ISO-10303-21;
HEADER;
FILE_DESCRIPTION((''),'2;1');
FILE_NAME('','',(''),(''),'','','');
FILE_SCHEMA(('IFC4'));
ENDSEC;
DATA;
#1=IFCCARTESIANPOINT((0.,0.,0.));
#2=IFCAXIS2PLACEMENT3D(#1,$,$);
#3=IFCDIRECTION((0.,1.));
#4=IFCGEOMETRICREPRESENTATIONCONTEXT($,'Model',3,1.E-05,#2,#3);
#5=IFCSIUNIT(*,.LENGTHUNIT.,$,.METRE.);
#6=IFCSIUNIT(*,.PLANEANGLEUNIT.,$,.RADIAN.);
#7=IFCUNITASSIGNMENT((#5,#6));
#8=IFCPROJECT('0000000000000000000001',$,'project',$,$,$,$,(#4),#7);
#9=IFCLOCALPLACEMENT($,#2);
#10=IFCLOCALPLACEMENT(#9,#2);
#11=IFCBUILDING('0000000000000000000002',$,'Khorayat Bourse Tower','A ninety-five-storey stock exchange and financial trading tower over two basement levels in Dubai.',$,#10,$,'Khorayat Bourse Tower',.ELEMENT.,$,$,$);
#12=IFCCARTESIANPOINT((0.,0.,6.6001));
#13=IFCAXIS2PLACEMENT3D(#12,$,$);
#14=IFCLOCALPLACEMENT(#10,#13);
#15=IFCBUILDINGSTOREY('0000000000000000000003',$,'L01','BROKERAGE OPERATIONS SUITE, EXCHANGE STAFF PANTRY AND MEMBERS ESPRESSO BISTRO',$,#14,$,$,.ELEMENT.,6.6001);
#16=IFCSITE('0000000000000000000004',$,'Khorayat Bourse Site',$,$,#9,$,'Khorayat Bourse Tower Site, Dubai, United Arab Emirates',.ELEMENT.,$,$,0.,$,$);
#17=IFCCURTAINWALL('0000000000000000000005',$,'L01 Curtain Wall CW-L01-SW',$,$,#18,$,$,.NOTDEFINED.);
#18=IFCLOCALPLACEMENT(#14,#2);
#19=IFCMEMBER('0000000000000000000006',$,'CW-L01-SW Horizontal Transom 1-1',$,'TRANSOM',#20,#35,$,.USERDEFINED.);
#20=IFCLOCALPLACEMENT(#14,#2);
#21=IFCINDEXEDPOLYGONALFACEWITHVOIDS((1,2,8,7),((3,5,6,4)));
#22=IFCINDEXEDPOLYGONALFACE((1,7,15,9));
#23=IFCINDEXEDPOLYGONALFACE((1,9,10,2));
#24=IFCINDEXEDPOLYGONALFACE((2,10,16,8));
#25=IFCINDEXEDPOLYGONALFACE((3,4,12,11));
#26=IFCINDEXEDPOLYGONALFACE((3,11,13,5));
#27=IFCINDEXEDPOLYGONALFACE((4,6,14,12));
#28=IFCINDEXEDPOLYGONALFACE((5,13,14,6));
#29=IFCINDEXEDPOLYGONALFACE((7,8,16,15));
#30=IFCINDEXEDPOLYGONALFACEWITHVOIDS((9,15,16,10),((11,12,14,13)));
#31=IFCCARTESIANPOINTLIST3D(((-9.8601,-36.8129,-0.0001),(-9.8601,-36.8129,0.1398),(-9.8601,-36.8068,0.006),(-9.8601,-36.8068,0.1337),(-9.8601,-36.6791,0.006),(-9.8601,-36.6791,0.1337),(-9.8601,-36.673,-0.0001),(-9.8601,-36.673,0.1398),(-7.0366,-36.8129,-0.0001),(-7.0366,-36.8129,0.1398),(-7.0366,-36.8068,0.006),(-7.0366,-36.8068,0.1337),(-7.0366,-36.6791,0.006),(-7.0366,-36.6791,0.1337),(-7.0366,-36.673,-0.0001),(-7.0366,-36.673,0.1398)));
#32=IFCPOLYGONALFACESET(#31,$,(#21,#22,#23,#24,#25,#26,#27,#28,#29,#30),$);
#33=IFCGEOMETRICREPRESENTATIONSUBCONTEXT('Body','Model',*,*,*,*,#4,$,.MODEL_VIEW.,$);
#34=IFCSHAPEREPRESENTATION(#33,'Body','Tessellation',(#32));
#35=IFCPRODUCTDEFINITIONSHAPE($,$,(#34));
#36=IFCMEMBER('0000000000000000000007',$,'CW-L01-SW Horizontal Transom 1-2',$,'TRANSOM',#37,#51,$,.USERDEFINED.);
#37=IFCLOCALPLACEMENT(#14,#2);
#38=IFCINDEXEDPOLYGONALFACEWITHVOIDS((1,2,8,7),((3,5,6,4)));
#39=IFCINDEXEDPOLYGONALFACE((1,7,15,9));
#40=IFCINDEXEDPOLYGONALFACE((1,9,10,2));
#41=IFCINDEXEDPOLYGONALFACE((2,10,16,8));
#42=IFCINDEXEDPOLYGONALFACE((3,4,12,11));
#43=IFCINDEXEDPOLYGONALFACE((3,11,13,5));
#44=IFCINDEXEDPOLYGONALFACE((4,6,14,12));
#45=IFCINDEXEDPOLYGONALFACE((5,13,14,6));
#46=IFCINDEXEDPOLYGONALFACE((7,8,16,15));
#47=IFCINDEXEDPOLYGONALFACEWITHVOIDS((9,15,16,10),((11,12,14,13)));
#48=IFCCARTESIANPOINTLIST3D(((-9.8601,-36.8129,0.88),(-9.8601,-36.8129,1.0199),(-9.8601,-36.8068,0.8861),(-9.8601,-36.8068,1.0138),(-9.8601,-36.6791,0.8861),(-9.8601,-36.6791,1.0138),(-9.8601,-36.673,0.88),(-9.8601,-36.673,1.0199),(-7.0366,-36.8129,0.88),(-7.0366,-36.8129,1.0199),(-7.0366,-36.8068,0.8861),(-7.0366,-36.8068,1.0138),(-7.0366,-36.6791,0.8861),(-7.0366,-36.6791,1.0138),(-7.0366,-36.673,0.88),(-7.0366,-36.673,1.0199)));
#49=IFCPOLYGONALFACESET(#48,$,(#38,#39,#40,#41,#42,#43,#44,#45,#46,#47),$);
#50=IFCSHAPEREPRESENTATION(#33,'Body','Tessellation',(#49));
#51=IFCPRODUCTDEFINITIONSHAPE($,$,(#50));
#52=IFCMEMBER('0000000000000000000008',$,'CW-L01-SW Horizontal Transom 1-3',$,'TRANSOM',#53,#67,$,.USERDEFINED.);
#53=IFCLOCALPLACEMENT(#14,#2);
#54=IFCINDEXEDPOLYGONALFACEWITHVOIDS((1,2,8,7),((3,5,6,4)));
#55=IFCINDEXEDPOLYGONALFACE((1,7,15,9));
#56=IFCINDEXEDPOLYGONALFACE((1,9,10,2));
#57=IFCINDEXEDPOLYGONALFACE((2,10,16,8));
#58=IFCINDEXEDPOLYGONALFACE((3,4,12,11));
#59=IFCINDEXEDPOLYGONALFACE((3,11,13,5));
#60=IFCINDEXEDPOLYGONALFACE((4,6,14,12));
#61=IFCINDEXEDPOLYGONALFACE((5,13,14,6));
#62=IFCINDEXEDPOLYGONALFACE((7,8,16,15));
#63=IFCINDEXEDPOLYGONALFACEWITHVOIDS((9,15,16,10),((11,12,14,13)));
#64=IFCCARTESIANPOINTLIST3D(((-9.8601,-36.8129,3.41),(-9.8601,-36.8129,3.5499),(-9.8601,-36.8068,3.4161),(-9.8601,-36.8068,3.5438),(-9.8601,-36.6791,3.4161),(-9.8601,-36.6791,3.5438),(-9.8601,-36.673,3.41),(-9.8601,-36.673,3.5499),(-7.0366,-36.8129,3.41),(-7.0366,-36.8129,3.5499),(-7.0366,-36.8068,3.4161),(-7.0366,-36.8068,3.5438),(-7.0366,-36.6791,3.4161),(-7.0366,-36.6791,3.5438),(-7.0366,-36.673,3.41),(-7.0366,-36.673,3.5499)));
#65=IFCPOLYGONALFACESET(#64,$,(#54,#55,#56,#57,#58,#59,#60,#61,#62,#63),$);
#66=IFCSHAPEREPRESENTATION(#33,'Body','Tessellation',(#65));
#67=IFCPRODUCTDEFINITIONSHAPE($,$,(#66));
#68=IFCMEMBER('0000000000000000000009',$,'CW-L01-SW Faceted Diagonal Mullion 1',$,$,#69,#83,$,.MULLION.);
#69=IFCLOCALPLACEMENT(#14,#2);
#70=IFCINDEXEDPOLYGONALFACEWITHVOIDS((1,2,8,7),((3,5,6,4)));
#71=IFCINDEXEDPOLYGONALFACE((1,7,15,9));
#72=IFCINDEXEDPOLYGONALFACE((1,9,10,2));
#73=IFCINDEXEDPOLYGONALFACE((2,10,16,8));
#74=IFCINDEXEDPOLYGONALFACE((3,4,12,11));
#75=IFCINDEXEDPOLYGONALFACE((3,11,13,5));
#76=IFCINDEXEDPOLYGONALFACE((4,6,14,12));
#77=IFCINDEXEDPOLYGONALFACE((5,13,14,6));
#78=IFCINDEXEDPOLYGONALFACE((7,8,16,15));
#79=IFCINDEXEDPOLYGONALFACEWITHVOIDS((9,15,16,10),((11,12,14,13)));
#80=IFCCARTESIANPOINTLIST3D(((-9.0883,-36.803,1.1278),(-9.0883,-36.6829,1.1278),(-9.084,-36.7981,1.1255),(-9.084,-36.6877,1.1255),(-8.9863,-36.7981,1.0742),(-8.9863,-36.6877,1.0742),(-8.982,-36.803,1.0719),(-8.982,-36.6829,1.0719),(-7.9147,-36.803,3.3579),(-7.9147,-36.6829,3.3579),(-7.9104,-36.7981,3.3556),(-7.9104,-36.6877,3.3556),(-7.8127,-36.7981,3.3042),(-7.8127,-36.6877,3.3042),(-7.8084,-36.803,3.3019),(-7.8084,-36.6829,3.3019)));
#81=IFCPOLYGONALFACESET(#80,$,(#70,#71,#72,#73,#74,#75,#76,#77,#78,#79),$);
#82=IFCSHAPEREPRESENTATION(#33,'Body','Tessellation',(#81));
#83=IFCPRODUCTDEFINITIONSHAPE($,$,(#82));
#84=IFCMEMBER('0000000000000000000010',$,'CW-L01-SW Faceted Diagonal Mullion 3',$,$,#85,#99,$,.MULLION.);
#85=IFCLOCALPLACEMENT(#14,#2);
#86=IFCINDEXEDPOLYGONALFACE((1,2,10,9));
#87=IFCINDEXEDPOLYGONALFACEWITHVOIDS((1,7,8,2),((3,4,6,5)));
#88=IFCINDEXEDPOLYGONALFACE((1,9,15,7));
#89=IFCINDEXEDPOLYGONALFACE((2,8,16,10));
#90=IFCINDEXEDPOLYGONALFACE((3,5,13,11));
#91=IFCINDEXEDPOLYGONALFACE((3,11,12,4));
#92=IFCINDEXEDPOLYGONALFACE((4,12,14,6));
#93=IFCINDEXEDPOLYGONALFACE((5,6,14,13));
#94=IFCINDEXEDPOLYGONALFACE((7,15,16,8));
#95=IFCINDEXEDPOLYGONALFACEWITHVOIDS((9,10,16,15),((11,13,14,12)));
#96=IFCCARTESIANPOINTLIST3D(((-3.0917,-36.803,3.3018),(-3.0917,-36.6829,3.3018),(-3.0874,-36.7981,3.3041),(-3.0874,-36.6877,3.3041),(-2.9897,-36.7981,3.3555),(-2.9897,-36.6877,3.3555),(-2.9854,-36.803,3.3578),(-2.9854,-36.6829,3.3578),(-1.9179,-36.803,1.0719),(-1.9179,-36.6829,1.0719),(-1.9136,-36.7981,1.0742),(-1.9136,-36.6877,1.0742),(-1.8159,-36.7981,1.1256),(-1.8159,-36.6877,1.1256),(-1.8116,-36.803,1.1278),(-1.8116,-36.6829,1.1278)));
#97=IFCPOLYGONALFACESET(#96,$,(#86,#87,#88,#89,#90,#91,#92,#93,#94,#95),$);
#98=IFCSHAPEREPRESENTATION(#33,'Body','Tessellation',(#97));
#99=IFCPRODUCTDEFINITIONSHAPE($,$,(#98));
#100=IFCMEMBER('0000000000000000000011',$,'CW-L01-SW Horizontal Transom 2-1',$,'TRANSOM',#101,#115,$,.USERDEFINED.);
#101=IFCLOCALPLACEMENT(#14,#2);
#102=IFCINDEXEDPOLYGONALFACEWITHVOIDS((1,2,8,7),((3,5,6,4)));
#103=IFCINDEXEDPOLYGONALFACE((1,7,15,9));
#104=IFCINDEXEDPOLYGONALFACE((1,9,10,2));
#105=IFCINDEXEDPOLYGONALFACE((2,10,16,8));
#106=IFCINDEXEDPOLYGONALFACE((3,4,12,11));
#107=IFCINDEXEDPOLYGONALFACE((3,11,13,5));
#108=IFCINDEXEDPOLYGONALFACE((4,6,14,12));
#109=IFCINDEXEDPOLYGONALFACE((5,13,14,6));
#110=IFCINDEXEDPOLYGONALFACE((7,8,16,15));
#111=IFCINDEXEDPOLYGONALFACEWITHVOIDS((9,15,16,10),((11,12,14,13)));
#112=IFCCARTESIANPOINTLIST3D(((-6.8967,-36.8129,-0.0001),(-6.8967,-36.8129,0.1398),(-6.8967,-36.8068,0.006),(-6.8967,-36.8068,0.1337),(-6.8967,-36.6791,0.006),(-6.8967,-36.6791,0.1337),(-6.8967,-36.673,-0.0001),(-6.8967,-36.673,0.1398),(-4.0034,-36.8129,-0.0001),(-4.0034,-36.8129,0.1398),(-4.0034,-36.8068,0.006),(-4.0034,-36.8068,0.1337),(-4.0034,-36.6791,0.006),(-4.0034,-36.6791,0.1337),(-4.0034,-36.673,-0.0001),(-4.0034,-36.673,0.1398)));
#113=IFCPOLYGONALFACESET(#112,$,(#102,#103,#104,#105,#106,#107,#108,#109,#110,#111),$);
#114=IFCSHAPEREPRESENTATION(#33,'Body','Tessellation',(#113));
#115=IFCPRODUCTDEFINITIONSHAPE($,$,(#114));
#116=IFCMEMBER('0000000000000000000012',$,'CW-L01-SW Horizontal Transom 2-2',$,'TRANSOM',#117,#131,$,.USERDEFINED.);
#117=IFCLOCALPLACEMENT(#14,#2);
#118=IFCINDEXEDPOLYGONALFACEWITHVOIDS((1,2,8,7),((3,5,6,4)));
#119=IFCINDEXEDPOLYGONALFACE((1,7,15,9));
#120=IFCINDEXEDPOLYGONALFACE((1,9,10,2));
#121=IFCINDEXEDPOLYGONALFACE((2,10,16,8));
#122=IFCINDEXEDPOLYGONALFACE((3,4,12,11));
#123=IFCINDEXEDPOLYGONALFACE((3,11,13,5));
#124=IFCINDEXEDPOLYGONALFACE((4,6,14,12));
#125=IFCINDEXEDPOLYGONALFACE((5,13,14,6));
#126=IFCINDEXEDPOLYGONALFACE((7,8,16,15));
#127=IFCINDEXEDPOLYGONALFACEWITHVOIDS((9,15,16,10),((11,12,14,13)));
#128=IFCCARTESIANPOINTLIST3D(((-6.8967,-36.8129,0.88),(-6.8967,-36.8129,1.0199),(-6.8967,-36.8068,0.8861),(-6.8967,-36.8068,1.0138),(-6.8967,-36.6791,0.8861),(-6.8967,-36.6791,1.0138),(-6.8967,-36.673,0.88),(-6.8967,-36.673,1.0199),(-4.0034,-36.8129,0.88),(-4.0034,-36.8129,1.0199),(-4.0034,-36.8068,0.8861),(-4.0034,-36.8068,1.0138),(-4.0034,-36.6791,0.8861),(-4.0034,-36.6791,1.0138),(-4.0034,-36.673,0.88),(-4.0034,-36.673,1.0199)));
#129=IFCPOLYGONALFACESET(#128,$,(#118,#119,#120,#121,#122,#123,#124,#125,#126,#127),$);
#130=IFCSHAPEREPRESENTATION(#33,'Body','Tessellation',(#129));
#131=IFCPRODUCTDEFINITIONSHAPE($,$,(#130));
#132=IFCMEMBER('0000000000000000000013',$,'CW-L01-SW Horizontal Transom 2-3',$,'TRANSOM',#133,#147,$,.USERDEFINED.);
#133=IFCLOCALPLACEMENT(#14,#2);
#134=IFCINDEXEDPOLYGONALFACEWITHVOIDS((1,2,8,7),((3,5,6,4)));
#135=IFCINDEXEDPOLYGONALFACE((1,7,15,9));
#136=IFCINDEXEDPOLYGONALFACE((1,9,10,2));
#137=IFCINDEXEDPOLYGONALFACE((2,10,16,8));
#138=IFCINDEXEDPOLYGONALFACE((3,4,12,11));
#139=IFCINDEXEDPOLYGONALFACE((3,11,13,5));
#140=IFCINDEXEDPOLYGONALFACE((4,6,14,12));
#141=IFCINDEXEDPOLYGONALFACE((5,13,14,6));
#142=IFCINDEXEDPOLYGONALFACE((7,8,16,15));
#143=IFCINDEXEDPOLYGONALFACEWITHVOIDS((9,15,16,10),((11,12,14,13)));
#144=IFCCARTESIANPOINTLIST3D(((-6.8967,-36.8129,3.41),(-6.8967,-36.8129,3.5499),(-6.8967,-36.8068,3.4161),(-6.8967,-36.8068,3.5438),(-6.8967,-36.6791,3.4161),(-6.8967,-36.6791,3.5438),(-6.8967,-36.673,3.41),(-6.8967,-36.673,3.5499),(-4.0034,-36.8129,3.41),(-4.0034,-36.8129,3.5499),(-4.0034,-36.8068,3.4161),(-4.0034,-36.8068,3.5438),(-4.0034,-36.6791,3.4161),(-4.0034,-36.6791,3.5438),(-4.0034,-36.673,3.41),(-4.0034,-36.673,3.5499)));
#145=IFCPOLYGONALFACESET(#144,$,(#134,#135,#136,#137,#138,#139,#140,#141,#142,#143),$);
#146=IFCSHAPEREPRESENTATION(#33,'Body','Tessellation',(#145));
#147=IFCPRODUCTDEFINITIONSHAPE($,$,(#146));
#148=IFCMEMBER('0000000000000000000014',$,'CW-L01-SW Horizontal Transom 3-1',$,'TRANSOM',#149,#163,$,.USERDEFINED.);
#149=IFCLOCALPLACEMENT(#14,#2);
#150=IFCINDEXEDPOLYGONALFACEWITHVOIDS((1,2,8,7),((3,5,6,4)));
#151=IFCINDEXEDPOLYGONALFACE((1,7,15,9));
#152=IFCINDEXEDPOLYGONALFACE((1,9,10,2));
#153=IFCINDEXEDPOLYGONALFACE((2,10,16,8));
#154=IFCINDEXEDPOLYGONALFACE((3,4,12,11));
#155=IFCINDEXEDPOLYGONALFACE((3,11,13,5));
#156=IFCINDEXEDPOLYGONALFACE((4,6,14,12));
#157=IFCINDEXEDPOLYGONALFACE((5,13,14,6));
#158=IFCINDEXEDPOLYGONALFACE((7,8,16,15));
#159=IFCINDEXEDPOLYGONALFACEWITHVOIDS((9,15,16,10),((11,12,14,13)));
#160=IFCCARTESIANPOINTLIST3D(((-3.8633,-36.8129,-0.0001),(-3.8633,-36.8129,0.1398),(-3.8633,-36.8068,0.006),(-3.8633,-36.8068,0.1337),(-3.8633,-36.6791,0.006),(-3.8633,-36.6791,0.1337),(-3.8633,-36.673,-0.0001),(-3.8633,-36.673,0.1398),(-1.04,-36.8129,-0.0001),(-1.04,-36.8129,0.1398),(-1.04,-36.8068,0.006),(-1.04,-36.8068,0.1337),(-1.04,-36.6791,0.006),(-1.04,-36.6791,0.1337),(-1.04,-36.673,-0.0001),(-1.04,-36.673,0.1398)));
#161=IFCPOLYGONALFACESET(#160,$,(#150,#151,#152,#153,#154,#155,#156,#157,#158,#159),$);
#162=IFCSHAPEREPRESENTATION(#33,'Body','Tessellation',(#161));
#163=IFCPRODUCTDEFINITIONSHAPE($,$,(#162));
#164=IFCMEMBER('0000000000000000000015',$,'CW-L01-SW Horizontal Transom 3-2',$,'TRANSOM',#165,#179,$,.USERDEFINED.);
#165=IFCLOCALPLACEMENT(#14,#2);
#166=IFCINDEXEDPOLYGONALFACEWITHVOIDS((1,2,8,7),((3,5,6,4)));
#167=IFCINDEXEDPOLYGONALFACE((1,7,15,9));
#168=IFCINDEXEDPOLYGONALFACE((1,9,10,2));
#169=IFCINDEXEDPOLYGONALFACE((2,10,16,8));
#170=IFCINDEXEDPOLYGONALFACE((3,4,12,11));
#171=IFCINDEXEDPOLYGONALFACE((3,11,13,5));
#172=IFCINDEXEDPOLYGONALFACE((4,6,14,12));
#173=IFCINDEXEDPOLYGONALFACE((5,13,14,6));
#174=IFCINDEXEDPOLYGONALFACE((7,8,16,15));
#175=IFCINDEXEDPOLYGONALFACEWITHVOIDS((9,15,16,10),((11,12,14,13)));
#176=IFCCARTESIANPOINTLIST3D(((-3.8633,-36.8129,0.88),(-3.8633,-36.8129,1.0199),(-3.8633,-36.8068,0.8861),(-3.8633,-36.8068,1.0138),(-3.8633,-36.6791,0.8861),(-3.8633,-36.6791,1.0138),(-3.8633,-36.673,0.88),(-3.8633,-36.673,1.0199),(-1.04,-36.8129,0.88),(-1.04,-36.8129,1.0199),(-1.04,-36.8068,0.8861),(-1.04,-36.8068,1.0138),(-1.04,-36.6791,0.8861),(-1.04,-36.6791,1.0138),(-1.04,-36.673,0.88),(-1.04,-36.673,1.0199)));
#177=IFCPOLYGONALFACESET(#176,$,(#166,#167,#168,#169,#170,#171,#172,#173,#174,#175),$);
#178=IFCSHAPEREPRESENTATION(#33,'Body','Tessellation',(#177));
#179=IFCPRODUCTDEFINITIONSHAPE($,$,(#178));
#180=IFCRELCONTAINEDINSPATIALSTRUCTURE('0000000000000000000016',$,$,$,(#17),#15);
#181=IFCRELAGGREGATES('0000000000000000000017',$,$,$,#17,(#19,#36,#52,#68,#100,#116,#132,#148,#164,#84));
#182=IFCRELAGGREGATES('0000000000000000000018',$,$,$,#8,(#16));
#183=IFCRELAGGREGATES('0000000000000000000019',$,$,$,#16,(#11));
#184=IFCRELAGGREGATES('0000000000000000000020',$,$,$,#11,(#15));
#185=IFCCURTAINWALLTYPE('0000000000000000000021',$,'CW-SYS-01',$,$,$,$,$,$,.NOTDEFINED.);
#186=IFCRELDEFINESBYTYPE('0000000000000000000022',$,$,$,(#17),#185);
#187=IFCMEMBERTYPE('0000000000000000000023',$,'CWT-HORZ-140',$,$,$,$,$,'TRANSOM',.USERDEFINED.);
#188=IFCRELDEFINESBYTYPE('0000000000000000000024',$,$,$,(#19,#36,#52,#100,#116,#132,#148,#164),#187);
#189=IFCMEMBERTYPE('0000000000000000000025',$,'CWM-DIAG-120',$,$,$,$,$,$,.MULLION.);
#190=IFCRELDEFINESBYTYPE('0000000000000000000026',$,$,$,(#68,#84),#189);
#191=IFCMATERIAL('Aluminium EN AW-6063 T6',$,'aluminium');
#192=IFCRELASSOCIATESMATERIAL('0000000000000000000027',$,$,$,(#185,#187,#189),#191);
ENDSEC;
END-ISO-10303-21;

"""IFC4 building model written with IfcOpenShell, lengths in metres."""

from ifc_helpers import new_model, si_unit, direction, frame, origin, origin_2d, place, context, subcontext, project, spatial, hollow_rectangle, extrude, source, transform, mapped, material, material_profile, profile_set, type_object, element, aggregate, save


model = new_model("IFC4")

# Units and contexts
model_context = context("Model", 3, precision=1e-05, world=origin(), true_north=direction((0.0, 1.0)))
body_context = subcontext(model_context, "Body", "Model", "MODEL_VIEW")
ifc_project = project(units=[si_unit("LENGTHUNIT", "METRE"), si_unit("PLANEANGLEUNIT", "RADIAN")], contexts=[model_context])

# Site, building, storey
site_placement = place(None, origin())
site = spatial("IfcSite", under=ifc_project, at=site_placement, Name="Khorayat Bourse Site", LongName="Khorayat Bourse Tower Site, Dubai, United Arab Emirates", CompositionType="ELEMENT", RefElevation=0.0)
building_placement = place(site_placement, origin())
building = spatial("IfcBuilding", under=site, at=building_placement, Name="Khorayat Bourse Tower", Description="A ninety-five-storey stock exchange and financial trading tower over two basement levels in Dubai.", LongName="Khorayat Bourse Tower", CompositionType="ELEMENT")
storey_placement = place(building_placement, frame((0.0, 0.0, 6.6001)))
storey = spatial("IfcBuildingStorey", under=building, at=storey_placement, Name="L01", Description="BROKERAGE OPERATIONS SUITE, EXCHANGE STAFF PANTRY AND MEMBERS ESPRESSO BISTRO", CompositionType="ELEMENT", Elevation=6.6001)

# Curtain wall, members
ifc_material_1 = material(Name="Aluminium EN AW-6063 T6", Category="aluminium")
curtain_wall_type = type_object("IfcCurtainWallType", Name="CW-SYS-01", PredefinedType="NOTDEFINED", material=ifc_material_1)
curtain_wall_placement = place(storey_placement, origin())
curtain_wall = element("IfcCurtainWall", 1, at=curtain_wall_placement, inside=storey, type_object=curtain_wall_type, Name="L01 Curtain Wall CW-L01-SW", PredefinedType="NOTDEFINED")
ifc_material_profile_1 = material_profile(ifc_material_1, hollow_rectangle(XDim=0.1399, YDim=0.1399, WallThickness=0.0061, at=origin_2d()), Name="ALU 140x140x6")
ifc_profile_set_1 = profile_set([ifc_material_profile_1], Name="Aluminium EN AW-6063 T6")
member_type_1 = type_object("IfcMemberType", Name="CWT-HORZ-140", ElementType="TRANSOM", PredefinedType="USERDEFINED", material=ifc_profile_set_1)
shared_shape_1 = source(origin(), body_context, "Body", "SweptSolid", [
    extrude(hollow_rectangle(XDim=0.1399, YDim=0.1399, WallThickness=0.0061, at=origin_2d()), origin(), (0.0, 0.0, 1.0), 2.8235),
])
member_1_placement = place(storey_placement, frame((-9.8601, -36.7429, 0.0698), z_axis=(1.0, 0.0, 0.0), x_axis=(0.0, 1.0, 0.0)))
member_1 = element("IfcMember", 2, at=member_1_placement, type_object=member_type_1, Name="CW-L01-SW Horizontal Transom 1-1", ObjectType="TRANSOM", PredefinedType="USERDEFINED", context=body_context, shape_type="MappedRepresentation", body=[
    mapped(shared_shape_1, transform((0.0, 0.0, 0.0), scale=1.0)),
])
member_2_placement = place(storey_placement, frame((-9.8601, -36.7429, 0.95), z_axis=(1.0, 0.0, 0.0), x_axis=(0.0, 1.0, 0.0)))
member_2 = element("IfcMember", 3, at=member_2_placement, type_object=member_type_1, Name="CW-L01-SW Horizontal Transom 1-2", ObjectType="TRANSOM", PredefinedType="USERDEFINED", context=body_context, shape_type="MappedRepresentation", body=[
    mapped(shared_shape_1, transform((0.0, 0.0, 0.0), scale=1.0)),
])
member_3_placement = place(storey_placement, frame((-9.8601, -36.7429, 3.48), z_axis=(1.0, 0.0, 0.0), x_axis=(0.0, 1.0, 0.0)))
member_3 = element("IfcMember", 4, at=member_3_placement, type_object=member_type_1, Name="CW-L01-SW Horizontal Transom 1-3", ObjectType="TRANSOM", PredefinedType="USERDEFINED", context=body_context, shape_type="MappedRepresentation", body=[
    mapped(shared_shape_1, transform((0.0, 0.0, 0.0), scale=1.0)),
])
ifc_material_profile_2 = material_profile(ifc_material_1, hollow_rectangle(XDim=0.1201, YDim=0.1201, WallThickness=0.0049, at=origin_2d()), Name="ALU 120x120x5")
ifc_profile_set_2 = profile_set([ifc_material_profile_2], Name="Aluminium EN AW-6063 T6")
member_type_2 = type_object("IfcMemberType", Name="CWM-DIAG-120", PredefinedType="MULLION", material=ifc_profile_set_2)
shared_shape_2 = source(origin(), body_context, "Body", "SweptSolid", [
    extrude(hollow_rectangle(XDim=0.1201, YDim=0.1201, WallThickness=0.0049, at=origin_2d()), origin(), (0.0, 0.0, 1.0), 2.52),
])
member_4_placement = place(storey_placement, frame((-9.0352, -36.7429, 1.0999), z_axis=(0.465718, 0.0, 0.884933), x_axis=(0.0, 1.0, 0.0)))
member_4 = element("IfcMember", 5, at=member_4_placement, type_object=member_type_2, Name="CW-L01-SW Faceted Diagonal Mullion 1", PredefinedType="MULLION", context=body_context, shape_type="MappedRepresentation", body=[
    mapped(shared_shape_2, transform((0.0, 0.0, 0.0), scale=1.0)),
])
member_5_placement = place(storey_placement, frame((-1.8647, -36.7429, 1.0999), z_axis=(-0.465794, 0.0, 0.884893), x_axis=(0.0, -1.0, 0.0)))
member_5 = element("IfcMember", 6, at=member_5_placement, type_object=member_type_2, Name="CW-L01-SW Faceted Diagonal Mullion 3", PredefinedType="MULLION", context=body_context, shape_type="MappedRepresentation", body=[
    mapped(shared_shape_2, transform((0.0, 0.0, 0.0), scale=1.0)),
])
shared_shape_3 = source(origin(), body_context, "Body", "SweptSolid", [
    extrude(hollow_rectangle(XDim=0.1399, YDim=0.1399, WallThickness=0.0061, at=origin_2d()), origin(), (0.0, 0.0, 1.0), 2.8933),
])
member_6_placement = place(storey_placement, frame((-6.8967, -36.7429, 0.0698), z_axis=(1.0, 0.0, 0.0), x_axis=(0.0, 1.0, 0.0)))
member_6 = element("IfcMember", 7, at=member_6_placement, type_object=member_type_1, Name="CW-L01-SW Horizontal Transom 2-1", ObjectType="TRANSOM", PredefinedType="USERDEFINED", context=body_context, shape_type="MappedRepresentation", body=[
    mapped(shared_shape_3, transform((0.0, 0.0, 0.0), scale=1.0)),
])
member_7_placement = place(storey_placement, frame((-6.8967, -36.7429, 0.95), z_axis=(1.0, 0.0, 0.0), x_axis=(0.0, 1.0, 0.0)))
member_7 = element("IfcMember", 8, at=member_7_placement, type_object=member_type_1, Name="CW-L01-SW Horizontal Transom 2-2", ObjectType="TRANSOM", PredefinedType="USERDEFINED", context=body_context, shape_type="MappedRepresentation", body=[
    mapped(shared_shape_3, transform((0.0, 0.0, 0.0), scale=1.0)),
])
member_8_placement = place(storey_placement, frame((-6.8967, -36.7429, 3.48), z_axis=(1.0, 0.0, 0.0), x_axis=(0.0, 1.0, 0.0)))
member_8 = element("IfcMember", 9, at=member_8_placement, type_object=member_type_1, Name="CW-L01-SW Horizontal Transom 2-3", ObjectType="TRANSOM", PredefinedType="USERDEFINED", context=body_context, shape_type="MappedRepresentation", body=[
    mapped(shared_shape_3, transform((0.0, 0.0, 0.0), scale=1.0)),
])
shared_shape_4 = source(origin(), body_context, "Body", "SweptSolid", [
    extrude(hollow_rectangle(XDim=0.1399, YDim=0.1399, WallThickness=0.0061, at=origin_2d()), origin(), (0.0, 0.0, 1.0), 2.8232),
])
member_9_placement = place(storey_placement, frame((-3.8633, -36.7429, 0.0698), z_axis=(1.0, 0.0, 0.0), x_axis=(0.0, 1.0, 0.0)))
member_9 = element("IfcMember", 10, at=member_9_placement, type_object=member_type_1, Name="CW-L01-SW Horizontal Transom 3-1", ObjectType="TRANSOM", PredefinedType="USERDEFINED", context=body_context, shape_type="MappedRepresentation", body=[
    mapped(shared_shape_4, transform((0.0, 0.0, 0.0), scale=1.0)),
])
member_10_placement = place(storey_placement, frame((-3.8633, -36.7429, 0.95), z_axis=(1.0, 0.0, 0.0), x_axis=(0.0, 1.0, 0.0)))
member_10 = element("IfcMember", 11, at=member_10_placement, type_object=member_type_1, Name="CW-L01-SW Horizontal Transom 3-2", ObjectType="TRANSOM", PredefinedType="USERDEFINED", context=body_context, shape_type="MappedRepresentation", body=[
    mapped(shared_shape_4, transform((0.0, 0.0, 0.0), scale=1.0)),
])
aggregate(curtain_wall, [member_1, member_2, member_3, member_4, member_6, member_7, member_8, member_9, member_10, member_5])

save(model, "model.ifc")
